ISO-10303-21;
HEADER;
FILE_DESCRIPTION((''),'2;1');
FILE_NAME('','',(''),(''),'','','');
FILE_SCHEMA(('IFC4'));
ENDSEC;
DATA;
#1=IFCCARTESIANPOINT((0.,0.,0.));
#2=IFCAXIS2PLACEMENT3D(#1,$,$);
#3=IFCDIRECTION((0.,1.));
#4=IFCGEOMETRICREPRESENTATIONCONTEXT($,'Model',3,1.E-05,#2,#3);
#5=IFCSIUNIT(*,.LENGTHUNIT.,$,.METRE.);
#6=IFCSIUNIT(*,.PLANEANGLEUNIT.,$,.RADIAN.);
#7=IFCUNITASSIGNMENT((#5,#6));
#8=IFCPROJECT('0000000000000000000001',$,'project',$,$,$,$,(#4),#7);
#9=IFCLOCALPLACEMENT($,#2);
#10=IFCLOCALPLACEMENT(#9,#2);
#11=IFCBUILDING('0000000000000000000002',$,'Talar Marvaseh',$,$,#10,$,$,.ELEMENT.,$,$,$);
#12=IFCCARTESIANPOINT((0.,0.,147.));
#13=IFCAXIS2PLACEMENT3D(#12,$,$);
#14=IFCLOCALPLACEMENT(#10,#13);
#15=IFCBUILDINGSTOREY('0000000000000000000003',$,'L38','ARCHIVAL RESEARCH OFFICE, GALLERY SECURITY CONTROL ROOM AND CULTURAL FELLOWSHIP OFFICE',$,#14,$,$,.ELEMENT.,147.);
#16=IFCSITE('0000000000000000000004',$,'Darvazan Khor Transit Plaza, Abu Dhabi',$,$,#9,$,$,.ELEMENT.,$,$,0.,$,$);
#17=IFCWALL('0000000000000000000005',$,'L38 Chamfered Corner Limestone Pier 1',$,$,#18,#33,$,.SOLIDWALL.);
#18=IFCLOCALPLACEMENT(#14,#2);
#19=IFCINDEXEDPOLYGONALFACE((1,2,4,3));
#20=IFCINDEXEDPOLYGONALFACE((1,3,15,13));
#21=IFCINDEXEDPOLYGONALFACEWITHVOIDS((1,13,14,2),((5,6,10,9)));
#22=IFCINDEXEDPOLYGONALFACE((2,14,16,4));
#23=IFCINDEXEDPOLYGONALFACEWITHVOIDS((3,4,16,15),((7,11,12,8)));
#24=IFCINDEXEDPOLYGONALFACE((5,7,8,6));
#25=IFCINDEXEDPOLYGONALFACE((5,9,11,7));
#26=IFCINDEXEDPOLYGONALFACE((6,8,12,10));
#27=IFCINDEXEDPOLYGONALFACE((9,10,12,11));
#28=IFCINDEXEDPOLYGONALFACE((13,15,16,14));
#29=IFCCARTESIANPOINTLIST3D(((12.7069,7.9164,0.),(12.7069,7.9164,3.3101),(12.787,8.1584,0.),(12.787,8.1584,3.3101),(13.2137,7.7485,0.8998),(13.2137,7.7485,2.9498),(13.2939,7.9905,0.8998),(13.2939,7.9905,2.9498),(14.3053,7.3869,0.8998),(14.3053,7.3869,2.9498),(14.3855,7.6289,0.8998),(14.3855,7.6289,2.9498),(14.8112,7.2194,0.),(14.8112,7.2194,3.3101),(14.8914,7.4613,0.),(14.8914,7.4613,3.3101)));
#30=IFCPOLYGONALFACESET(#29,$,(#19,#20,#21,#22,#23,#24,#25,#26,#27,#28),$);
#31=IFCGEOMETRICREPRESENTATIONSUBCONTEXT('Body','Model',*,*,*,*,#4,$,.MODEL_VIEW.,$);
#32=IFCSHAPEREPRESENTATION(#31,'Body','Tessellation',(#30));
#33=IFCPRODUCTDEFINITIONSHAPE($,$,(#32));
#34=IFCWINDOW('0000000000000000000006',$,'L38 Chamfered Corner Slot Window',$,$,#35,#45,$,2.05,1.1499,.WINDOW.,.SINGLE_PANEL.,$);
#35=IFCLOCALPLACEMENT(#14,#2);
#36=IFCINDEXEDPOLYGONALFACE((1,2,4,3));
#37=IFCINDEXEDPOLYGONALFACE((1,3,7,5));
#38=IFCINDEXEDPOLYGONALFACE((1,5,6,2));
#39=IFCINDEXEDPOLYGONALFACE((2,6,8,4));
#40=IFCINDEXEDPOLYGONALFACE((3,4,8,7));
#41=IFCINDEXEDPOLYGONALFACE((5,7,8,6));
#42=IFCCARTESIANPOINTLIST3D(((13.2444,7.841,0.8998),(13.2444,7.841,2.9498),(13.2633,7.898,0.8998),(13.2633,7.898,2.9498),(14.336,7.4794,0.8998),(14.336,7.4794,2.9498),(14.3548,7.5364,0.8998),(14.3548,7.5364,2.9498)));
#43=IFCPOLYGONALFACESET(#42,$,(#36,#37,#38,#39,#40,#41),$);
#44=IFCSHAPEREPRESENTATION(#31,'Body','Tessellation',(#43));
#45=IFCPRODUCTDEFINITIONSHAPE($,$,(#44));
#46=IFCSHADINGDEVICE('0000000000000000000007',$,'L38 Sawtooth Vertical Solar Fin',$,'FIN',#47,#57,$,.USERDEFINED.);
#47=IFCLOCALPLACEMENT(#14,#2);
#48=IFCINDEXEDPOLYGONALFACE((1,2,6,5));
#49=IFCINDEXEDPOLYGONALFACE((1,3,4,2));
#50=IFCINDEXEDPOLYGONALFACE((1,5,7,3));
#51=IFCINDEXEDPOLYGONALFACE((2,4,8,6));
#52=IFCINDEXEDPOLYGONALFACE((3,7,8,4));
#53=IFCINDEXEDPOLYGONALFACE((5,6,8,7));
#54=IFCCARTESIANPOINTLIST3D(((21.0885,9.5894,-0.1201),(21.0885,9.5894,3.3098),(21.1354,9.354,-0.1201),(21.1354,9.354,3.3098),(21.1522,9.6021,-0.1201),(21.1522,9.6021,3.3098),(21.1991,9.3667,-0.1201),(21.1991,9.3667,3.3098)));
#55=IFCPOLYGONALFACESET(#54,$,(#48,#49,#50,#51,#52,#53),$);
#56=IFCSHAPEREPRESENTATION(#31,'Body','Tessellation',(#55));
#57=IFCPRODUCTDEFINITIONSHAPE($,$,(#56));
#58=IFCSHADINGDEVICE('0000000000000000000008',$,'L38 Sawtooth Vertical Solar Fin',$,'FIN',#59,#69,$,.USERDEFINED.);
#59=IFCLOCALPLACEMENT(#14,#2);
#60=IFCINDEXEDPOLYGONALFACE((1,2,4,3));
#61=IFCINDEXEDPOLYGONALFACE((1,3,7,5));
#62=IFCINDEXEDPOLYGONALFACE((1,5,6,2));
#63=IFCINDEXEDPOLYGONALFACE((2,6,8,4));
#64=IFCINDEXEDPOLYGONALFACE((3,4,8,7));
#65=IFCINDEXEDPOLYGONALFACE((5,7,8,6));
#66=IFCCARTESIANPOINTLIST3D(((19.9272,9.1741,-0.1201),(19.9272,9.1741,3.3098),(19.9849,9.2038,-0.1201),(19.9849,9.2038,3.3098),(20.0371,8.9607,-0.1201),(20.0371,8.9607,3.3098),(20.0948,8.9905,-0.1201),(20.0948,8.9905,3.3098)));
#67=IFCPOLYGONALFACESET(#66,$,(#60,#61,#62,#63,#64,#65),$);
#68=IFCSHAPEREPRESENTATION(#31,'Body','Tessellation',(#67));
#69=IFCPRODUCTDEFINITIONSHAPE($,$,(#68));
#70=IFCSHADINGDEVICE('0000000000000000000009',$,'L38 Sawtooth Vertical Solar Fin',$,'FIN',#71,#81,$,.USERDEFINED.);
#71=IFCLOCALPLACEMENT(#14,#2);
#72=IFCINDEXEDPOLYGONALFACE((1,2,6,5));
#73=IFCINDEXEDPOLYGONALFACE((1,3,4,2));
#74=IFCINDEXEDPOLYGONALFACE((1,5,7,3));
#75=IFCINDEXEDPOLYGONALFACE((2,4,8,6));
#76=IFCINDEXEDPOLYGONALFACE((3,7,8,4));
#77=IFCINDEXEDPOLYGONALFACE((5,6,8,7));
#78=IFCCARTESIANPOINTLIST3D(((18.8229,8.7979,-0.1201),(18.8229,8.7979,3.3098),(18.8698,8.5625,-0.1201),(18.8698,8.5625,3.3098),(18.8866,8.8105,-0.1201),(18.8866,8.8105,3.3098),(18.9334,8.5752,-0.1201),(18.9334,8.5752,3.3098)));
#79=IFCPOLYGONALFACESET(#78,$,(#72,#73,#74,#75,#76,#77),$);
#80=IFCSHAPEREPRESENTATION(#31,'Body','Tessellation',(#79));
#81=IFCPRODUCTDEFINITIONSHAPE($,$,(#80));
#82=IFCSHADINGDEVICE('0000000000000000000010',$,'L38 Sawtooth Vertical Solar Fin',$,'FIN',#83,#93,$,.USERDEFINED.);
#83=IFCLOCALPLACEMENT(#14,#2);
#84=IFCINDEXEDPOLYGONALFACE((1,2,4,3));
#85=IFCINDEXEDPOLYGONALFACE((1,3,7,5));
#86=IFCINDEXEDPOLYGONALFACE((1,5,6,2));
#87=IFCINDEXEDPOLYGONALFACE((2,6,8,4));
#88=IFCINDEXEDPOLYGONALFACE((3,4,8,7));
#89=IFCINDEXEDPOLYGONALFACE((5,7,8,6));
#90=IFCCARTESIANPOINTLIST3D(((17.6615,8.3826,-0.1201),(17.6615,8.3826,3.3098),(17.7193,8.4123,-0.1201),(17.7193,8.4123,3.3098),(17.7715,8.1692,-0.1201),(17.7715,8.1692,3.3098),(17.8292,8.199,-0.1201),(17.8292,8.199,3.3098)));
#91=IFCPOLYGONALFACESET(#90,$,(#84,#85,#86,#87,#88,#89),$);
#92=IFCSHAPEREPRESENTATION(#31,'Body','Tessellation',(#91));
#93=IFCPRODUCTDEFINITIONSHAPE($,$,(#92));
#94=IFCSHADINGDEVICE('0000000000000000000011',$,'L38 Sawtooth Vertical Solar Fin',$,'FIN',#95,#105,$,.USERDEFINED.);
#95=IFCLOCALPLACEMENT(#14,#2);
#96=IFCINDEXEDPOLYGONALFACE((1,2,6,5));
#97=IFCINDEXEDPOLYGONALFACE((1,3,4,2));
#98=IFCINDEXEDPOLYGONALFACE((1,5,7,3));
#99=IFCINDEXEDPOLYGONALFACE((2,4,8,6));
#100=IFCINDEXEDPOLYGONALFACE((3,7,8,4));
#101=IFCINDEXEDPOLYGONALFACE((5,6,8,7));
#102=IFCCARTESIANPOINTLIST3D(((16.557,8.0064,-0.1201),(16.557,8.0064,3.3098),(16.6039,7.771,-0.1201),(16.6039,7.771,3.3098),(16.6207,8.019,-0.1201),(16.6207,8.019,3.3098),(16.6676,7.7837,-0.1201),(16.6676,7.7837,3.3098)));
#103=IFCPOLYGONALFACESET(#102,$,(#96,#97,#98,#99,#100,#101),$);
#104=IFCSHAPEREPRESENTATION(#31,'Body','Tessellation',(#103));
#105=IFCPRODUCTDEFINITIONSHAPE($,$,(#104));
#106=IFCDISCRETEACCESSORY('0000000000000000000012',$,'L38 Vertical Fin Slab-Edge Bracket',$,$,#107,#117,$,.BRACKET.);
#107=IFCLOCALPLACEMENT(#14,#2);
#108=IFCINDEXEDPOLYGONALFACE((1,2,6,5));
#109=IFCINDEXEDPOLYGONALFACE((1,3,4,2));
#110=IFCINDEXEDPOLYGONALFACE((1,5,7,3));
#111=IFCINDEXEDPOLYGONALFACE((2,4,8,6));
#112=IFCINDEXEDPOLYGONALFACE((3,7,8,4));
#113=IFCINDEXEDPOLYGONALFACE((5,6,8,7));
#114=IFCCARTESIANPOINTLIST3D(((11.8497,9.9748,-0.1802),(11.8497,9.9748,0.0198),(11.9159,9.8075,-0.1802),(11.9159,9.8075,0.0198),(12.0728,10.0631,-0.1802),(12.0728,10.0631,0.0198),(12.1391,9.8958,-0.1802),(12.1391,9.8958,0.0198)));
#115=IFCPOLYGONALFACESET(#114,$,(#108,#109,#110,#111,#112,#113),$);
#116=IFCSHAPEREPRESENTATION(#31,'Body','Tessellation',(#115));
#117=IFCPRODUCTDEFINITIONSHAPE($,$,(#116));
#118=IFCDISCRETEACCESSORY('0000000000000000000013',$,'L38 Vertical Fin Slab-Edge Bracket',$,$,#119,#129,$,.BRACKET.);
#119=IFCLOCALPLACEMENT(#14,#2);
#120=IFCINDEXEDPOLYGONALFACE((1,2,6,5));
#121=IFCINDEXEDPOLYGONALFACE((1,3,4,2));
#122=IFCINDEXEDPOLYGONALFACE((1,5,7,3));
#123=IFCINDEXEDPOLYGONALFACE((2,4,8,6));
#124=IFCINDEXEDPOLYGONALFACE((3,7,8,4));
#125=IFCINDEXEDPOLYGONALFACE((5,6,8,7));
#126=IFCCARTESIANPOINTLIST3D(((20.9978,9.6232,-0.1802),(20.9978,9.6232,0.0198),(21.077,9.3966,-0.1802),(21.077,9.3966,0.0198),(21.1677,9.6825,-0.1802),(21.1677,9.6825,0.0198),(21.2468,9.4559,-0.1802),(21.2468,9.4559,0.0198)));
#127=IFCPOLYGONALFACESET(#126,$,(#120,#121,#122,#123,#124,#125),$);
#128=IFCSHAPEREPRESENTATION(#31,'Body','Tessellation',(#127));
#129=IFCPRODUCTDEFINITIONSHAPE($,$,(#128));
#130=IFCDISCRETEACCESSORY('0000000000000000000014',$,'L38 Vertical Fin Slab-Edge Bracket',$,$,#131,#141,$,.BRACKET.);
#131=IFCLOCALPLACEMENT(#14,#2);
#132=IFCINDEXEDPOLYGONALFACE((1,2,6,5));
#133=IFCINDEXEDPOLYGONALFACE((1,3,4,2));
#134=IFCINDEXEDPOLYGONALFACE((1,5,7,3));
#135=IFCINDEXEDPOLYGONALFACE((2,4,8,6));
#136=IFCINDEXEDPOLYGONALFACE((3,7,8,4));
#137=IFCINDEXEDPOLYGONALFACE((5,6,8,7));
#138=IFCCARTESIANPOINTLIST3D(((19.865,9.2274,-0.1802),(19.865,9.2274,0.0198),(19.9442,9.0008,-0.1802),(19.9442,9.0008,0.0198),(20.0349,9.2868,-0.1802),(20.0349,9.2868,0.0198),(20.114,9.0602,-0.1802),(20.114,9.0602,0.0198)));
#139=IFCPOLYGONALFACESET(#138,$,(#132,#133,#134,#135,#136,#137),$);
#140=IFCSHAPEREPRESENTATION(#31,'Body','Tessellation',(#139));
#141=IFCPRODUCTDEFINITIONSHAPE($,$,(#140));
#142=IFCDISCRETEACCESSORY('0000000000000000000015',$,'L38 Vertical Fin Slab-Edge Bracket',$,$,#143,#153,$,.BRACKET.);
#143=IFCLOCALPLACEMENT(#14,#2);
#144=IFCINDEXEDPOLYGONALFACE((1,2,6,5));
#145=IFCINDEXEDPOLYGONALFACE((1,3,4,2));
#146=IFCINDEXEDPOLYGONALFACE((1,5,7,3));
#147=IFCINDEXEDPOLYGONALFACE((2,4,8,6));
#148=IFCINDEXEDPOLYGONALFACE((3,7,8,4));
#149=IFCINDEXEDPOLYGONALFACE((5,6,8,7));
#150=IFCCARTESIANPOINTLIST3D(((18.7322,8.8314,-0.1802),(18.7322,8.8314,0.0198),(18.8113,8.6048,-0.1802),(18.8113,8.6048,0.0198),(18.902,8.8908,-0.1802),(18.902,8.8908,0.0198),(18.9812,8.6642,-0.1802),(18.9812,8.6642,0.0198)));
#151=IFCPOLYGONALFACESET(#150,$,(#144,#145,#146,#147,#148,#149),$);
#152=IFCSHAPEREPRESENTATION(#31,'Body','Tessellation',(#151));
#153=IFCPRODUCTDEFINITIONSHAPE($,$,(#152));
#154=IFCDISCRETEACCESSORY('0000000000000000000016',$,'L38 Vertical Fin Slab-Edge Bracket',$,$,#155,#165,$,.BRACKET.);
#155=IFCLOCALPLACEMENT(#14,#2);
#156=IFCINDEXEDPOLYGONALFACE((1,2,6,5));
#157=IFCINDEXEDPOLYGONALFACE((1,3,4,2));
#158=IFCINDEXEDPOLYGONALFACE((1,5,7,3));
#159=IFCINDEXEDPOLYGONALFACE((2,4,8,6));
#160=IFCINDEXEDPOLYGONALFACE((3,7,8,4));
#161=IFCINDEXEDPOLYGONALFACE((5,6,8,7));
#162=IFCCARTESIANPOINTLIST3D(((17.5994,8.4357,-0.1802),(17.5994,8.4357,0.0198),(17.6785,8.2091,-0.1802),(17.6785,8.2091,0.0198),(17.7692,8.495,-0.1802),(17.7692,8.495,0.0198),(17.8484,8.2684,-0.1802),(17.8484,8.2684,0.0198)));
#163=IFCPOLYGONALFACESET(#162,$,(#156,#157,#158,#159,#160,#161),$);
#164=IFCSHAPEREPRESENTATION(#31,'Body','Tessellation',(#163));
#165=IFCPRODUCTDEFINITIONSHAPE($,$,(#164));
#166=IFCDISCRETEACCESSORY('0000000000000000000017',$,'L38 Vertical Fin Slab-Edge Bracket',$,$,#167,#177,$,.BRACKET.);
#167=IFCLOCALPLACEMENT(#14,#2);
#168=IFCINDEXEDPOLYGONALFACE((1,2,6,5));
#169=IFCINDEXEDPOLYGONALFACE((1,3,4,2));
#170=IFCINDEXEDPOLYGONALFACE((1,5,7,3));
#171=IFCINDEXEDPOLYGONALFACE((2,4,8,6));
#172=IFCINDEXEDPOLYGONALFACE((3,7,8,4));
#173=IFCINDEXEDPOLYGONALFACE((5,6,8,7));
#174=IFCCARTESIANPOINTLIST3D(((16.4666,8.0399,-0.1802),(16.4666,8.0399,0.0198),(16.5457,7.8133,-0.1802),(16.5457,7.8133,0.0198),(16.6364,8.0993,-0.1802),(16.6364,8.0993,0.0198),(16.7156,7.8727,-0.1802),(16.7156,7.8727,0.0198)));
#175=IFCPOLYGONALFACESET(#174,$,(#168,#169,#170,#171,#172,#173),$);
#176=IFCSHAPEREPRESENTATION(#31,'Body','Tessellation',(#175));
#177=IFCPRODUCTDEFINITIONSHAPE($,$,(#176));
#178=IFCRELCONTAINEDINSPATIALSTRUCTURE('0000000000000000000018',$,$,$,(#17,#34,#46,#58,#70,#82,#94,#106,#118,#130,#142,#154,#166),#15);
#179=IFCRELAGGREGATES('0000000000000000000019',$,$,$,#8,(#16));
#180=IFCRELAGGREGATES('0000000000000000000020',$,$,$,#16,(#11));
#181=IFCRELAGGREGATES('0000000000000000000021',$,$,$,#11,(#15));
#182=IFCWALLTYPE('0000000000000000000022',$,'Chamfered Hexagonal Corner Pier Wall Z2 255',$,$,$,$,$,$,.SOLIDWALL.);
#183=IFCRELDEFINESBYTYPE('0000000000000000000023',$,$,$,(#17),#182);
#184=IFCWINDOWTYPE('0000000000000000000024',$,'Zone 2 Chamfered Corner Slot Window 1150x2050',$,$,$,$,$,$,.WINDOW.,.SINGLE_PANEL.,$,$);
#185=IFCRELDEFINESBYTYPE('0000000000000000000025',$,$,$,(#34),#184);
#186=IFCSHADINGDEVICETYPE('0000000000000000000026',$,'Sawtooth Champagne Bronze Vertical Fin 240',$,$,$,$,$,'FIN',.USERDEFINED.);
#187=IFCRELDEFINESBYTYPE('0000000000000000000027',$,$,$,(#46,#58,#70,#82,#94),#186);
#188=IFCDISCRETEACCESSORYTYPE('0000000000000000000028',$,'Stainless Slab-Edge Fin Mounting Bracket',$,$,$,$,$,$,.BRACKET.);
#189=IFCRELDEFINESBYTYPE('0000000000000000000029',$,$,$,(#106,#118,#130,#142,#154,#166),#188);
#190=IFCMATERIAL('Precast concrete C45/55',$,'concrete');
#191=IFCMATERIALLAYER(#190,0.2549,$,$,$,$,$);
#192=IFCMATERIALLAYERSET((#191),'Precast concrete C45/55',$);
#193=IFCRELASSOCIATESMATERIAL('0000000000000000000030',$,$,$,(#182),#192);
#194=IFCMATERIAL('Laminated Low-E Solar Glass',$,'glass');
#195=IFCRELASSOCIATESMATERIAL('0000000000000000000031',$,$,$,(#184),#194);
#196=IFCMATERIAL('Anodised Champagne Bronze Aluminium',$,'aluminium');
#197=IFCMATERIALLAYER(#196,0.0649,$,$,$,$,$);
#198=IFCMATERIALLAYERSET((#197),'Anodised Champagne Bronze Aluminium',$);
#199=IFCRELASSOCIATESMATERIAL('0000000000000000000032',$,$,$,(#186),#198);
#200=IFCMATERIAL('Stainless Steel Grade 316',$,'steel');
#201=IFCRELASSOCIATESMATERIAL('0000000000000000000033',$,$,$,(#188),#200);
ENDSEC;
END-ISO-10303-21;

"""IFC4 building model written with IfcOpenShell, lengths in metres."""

from ifc_helpers import new_model, si_unit, direction, frame, frame_2d, origin, origin_2d, place, context, subcontext, project, spatial, rectangle, extrude, source, transform, mapped, material, layer, layer_set, type_object, type_shapes, element, fill, save


model = new_model("IFC4")

# Units and contexts
model_context = context("Model", 3, precision=1e-05, world=origin(), true_north=direction((0.0, 1.0)))
body_context = subcontext(model_context, "Body", "Model", "MODEL_VIEW")
ifc_project = project(units=[si_unit("LENGTHUNIT", "METRE"), si_unit("PLANEANGLEUNIT", "RADIAN")], contexts=[model_context])

# Site, building, storey
site_placement = place(None, origin())
site = spatial("IfcSite", under=ifc_project, at=site_placement, Name="Darvazan Khor Transit Plaza, Abu Dhabi", CompositionType="ELEMENT", RefElevation=0.0)
building_placement = place(site_placement, origin())
building = spatial("IfcBuilding", under=site, at=building_placement, Name="Talar Marvaseh", CompositionType="ELEMENT")
storey_placement = place(building_placement, frame((0.0, 0.0, 147.0)))
storey = spatial("IfcBuildingStorey", under=building, at=storey_placement, Name="L38", Description="ARCHIVAL RESEARCH OFFICE, GALLERY SECURITY CONTROL ROOM AND CULTURAL FELLOWSHIP OFFICE", CompositionType="ELEMENT", Elevation=147.0)

# Shared definitions
ifc_material_1 = material(Name="Laminated Low-E Solar Glass", Category="glass")

# Wall, opening, window
ifc_material_2 = material(Name="Precast concrete C45/55", Category="concrete")
ifc_layer_1 = layer(ifc_material_2, 0.2549)
ifc_layer_set_1 = layer_set([ifc_layer_1], Name="Precast concrete C45/55")
wall_type = type_object("IfcWallType", Name="Chamfered Hexagonal Corner Pier Wall Z2 255", PredefinedType="SOLIDWALL", material=ifc_layer_set_1)
wall_placement = place(storey_placement, frame((14.8513, 7.3403, 0.0), z_axis=(0.0, 0.0, 1.0), x_axis=(-0.949276, 0.314443, 0.0)))
wall = element("IfcWall", 1, at=wall_placement, inside=storey, type_object=wall_type, Name="L38 Chamfered Corner Limestone Pier 1", PredefinedType="SOLIDWALL", context=body_context, shape_type="SweptSolid", body=[
    extrude(rectangle(XDim=2.2168, YDim=0.2549, at=frame_2d((1.1084, 0.0))), origin(), (0.0, 0.0, 1.0), 3.3101),
])
opening_placement = place(wall_placement, frame((0.533, 0.0, 0.8999)))
opening = element("IfcOpeningElement", 2, at=opening_placement, cuts=wall, PredefinedType="OPENING", context=body_context, shape_type="SweptSolid", body=[
    extrude(rectangle(XDim=1.1499, YDim=2.05, at=frame_2d((0.575, 1.0249))), frame((0.0, 0.1375, 0.0), z_axis=(0.0, -1.0, 0.0), x_axis=(1.0, 0.0, 0.0)), (0.0, 0.0, 1.0), 0.2749),
])
window_type = type_object("IfcWindowType", Name="Zone 2 Chamfered Corner Slot Window 1150x2050", PartitioningType="SINGLE_PANEL", PredefinedType="WINDOW", material=ifc_material_1)
shared_shape_1 = source(origin(), body_context, "Body", "SweptSolid", [
    extrude(rectangle(XDim=1.1499, YDim=2.05, at=frame_2d((0.575, 1.0249))), frame((0.0, 0.03, 0.0), z_axis=(0.0, -1.0, 0.0), x_axis=(1.0, 0.0, 0.0)), (0.0, 0.0, 1.0), 0.0601),
])
type_shapes(window_type, [shared_shape_1])
window_placement = place(opening_placement, origin())
window = element("IfcWindow", 3, at=window_placement, inside=storey, type_object=window_type, Name="L38 Chamfered Corner Slot Window", OverallHeight=2.05, OverallWidth=1.1499, PartitioningType="SINGLE_PANEL", PredefinedType="WINDOW", context=body_context, shape_type="MappedRepresentation", body=[
    mapped(shared_shape_1, transform((0.0, 0.0, 0.0), x_axis=(1.0, 0.0, 0.0), y_axis=(0.0, 1.0, 0.0), z_axis=(0.0, 0.0, 1.0), scale=1.0)),
])
fill(opening, window)

# Shading devices
ifc_material_3 = material(Name="Anodised Champagne Bronze Aluminium", Category="aluminium")
ifc_layer_2 = layer(ifc_material_3, 0.0649)
ifc_layer_set_2 = layer_set([ifc_layer_2], Name="Anodised Champagne Bronze Aluminium")
shading_device_type = type_object("IfcShadingDeviceType", Name="Sawtooth Champagne Bronze Vertical Fin 240", ElementType="FIN", PredefinedType="USERDEFINED", material=ifc_layer_set_2)
shared_shape_2 = source(origin(), body_context, "Body", "SweptSolid", [
    extrude(rectangle(XDim=0.24, YDim=0.0649, at=origin_2d()), origin(), (0.0, 0.0, 1.0), 3.4299),
])
type_shapes(shading_device_type, [shared_shape_2])
for number, where, z_axis, x_axis, name in (
    (4, (21.1438, 9.478, -0.1201), (0.0, 0.0, 1.0), (0.195261, -0.980751, 0.0), "L38 Sawtooth Vertical Solar Fin"),
    (5, (20.011, 9.0823, -0.1201), (0.0, 0.0, 1.0), (0.458029, -0.888937, 0.0), "L38 Sawtooth Vertical Solar Fin"),
    (6, (18.8782, 8.6865, -0.1201), (0.0, 0.0, 1.0), (0.195261, -0.980751, 0.0), "L38 Sawtooth Vertical Solar Fin"),
    (7, (17.7454, 8.2908, -0.1201), (0.0, 0.0, 1.0), (0.458029, -0.888937, 0.0), "L38 Sawtooth Vertical Solar Fin"),
    (8, (16.6123, 7.895, -0.1201), (0.0, 0.0, 1.0), (0.195261, -0.980751, 0.0), "L38 Sawtooth Vertical Solar Fin"),
):
    element("IfcShadingDevice", number, at=place(storey_placement, frame(where, z_axis=z_axis, x_axis=x_axis)), inside=storey, type_object=shading_device_type, Name=name, ObjectType="FIN", PredefinedType="USERDEFINED", context=body_context, shape_type="MappedRepresentation", body=[
        mapped(shared_shape_2, transform((0.0, 0.0, 0.0), x_axis=(1.0, 0.0, 0.0), y_axis=(0.0, 1.0, 0.0), z_axis=(0.0, 0.0, 1.0), scale=1.0)),
    ])

# Discrete accessories
ifc_material_4 = material(Name="Stainless Steel Grade 316", Category="steel")
discrete_accessory_type = type_object("IfcDiscreteAccessoryType", Name="Stainless Slab-Edge Fin Mounting Bracket", PredefinedType="BRACKET", material=ifc_material_4)
shared_shape_3 = source(origin(), body_context, "Body", "SweptSolid", [
    extrude(rectangle(XDim=0.24, YDim=0.1799, at=origin_2d()), origin(), (0.0, 0.0, 1.0), 0.2),
])
type_shapes(discrete_accessory_type, [shared_shape_3])
for number, where, z_axis, x_axis, name in (
    (9, (11.9944, 9.9353, -0.1802), (0.0, 0.0, 1.0), (-0.929776, -0.368125, 0.0), "L38 Vertical Fin Slab-Edge Bracket"),
    (10, (21.1223, 9.5396, -0.1802), (0.0, 0.0, 1.0), (0.329855, -0.944031, 0.0), "L38 Vertical Fin Slab-Edge Bracket"),
    (11, (19.9895, 9.1438, -0.1802), (0.0, 0.0, 1.0), (0.329855, -0.944031, 0.0), "L38 Vertical Fin Slab-Edge Bracket"),
    (12, (18.8567, 8.7478, -0.1802), (0.0, 0.0, 1.0), (0.329855, -0.944031, 0.0), "L38 Vertical Fin Slab-Edge Bracket"),
    (13, (17.7239, 8.3521, -0.1802), (0.0, 0.0, 1.0), (0.329855, -0.944031, 0.0), "L38 Vertical Fin Slab-Edge Bracket"),
    (14, (16.5911, 7.9563, -0.1802), (0.0, 0.0, 1.0), (0.329855, -0.944031, 0.0), "L38 Vertical Fin Slab-Edge Bracket"),
):
    element("IfcDiscreteAccessory", number, at=place(storey_placement, frame(where, z_axis=z_axis, x_axis=x_axis)), inside=storey, type_object=discrete_accessory_type, Name=name, PredefinedType="BRACKET", context=body_context, shape_type="MappedRepresentation", body=[
        mapped(shared_shape_3, transform((0.0, 0.0, 0.0), x_axis=(1.0, 0.0, 0.0), y_axis=(0.0, 1.0, 0.0), z_axis=(0.0, 0.0, 1.0), scale=1.0)),
    ])

save(model, "model.ifc")
